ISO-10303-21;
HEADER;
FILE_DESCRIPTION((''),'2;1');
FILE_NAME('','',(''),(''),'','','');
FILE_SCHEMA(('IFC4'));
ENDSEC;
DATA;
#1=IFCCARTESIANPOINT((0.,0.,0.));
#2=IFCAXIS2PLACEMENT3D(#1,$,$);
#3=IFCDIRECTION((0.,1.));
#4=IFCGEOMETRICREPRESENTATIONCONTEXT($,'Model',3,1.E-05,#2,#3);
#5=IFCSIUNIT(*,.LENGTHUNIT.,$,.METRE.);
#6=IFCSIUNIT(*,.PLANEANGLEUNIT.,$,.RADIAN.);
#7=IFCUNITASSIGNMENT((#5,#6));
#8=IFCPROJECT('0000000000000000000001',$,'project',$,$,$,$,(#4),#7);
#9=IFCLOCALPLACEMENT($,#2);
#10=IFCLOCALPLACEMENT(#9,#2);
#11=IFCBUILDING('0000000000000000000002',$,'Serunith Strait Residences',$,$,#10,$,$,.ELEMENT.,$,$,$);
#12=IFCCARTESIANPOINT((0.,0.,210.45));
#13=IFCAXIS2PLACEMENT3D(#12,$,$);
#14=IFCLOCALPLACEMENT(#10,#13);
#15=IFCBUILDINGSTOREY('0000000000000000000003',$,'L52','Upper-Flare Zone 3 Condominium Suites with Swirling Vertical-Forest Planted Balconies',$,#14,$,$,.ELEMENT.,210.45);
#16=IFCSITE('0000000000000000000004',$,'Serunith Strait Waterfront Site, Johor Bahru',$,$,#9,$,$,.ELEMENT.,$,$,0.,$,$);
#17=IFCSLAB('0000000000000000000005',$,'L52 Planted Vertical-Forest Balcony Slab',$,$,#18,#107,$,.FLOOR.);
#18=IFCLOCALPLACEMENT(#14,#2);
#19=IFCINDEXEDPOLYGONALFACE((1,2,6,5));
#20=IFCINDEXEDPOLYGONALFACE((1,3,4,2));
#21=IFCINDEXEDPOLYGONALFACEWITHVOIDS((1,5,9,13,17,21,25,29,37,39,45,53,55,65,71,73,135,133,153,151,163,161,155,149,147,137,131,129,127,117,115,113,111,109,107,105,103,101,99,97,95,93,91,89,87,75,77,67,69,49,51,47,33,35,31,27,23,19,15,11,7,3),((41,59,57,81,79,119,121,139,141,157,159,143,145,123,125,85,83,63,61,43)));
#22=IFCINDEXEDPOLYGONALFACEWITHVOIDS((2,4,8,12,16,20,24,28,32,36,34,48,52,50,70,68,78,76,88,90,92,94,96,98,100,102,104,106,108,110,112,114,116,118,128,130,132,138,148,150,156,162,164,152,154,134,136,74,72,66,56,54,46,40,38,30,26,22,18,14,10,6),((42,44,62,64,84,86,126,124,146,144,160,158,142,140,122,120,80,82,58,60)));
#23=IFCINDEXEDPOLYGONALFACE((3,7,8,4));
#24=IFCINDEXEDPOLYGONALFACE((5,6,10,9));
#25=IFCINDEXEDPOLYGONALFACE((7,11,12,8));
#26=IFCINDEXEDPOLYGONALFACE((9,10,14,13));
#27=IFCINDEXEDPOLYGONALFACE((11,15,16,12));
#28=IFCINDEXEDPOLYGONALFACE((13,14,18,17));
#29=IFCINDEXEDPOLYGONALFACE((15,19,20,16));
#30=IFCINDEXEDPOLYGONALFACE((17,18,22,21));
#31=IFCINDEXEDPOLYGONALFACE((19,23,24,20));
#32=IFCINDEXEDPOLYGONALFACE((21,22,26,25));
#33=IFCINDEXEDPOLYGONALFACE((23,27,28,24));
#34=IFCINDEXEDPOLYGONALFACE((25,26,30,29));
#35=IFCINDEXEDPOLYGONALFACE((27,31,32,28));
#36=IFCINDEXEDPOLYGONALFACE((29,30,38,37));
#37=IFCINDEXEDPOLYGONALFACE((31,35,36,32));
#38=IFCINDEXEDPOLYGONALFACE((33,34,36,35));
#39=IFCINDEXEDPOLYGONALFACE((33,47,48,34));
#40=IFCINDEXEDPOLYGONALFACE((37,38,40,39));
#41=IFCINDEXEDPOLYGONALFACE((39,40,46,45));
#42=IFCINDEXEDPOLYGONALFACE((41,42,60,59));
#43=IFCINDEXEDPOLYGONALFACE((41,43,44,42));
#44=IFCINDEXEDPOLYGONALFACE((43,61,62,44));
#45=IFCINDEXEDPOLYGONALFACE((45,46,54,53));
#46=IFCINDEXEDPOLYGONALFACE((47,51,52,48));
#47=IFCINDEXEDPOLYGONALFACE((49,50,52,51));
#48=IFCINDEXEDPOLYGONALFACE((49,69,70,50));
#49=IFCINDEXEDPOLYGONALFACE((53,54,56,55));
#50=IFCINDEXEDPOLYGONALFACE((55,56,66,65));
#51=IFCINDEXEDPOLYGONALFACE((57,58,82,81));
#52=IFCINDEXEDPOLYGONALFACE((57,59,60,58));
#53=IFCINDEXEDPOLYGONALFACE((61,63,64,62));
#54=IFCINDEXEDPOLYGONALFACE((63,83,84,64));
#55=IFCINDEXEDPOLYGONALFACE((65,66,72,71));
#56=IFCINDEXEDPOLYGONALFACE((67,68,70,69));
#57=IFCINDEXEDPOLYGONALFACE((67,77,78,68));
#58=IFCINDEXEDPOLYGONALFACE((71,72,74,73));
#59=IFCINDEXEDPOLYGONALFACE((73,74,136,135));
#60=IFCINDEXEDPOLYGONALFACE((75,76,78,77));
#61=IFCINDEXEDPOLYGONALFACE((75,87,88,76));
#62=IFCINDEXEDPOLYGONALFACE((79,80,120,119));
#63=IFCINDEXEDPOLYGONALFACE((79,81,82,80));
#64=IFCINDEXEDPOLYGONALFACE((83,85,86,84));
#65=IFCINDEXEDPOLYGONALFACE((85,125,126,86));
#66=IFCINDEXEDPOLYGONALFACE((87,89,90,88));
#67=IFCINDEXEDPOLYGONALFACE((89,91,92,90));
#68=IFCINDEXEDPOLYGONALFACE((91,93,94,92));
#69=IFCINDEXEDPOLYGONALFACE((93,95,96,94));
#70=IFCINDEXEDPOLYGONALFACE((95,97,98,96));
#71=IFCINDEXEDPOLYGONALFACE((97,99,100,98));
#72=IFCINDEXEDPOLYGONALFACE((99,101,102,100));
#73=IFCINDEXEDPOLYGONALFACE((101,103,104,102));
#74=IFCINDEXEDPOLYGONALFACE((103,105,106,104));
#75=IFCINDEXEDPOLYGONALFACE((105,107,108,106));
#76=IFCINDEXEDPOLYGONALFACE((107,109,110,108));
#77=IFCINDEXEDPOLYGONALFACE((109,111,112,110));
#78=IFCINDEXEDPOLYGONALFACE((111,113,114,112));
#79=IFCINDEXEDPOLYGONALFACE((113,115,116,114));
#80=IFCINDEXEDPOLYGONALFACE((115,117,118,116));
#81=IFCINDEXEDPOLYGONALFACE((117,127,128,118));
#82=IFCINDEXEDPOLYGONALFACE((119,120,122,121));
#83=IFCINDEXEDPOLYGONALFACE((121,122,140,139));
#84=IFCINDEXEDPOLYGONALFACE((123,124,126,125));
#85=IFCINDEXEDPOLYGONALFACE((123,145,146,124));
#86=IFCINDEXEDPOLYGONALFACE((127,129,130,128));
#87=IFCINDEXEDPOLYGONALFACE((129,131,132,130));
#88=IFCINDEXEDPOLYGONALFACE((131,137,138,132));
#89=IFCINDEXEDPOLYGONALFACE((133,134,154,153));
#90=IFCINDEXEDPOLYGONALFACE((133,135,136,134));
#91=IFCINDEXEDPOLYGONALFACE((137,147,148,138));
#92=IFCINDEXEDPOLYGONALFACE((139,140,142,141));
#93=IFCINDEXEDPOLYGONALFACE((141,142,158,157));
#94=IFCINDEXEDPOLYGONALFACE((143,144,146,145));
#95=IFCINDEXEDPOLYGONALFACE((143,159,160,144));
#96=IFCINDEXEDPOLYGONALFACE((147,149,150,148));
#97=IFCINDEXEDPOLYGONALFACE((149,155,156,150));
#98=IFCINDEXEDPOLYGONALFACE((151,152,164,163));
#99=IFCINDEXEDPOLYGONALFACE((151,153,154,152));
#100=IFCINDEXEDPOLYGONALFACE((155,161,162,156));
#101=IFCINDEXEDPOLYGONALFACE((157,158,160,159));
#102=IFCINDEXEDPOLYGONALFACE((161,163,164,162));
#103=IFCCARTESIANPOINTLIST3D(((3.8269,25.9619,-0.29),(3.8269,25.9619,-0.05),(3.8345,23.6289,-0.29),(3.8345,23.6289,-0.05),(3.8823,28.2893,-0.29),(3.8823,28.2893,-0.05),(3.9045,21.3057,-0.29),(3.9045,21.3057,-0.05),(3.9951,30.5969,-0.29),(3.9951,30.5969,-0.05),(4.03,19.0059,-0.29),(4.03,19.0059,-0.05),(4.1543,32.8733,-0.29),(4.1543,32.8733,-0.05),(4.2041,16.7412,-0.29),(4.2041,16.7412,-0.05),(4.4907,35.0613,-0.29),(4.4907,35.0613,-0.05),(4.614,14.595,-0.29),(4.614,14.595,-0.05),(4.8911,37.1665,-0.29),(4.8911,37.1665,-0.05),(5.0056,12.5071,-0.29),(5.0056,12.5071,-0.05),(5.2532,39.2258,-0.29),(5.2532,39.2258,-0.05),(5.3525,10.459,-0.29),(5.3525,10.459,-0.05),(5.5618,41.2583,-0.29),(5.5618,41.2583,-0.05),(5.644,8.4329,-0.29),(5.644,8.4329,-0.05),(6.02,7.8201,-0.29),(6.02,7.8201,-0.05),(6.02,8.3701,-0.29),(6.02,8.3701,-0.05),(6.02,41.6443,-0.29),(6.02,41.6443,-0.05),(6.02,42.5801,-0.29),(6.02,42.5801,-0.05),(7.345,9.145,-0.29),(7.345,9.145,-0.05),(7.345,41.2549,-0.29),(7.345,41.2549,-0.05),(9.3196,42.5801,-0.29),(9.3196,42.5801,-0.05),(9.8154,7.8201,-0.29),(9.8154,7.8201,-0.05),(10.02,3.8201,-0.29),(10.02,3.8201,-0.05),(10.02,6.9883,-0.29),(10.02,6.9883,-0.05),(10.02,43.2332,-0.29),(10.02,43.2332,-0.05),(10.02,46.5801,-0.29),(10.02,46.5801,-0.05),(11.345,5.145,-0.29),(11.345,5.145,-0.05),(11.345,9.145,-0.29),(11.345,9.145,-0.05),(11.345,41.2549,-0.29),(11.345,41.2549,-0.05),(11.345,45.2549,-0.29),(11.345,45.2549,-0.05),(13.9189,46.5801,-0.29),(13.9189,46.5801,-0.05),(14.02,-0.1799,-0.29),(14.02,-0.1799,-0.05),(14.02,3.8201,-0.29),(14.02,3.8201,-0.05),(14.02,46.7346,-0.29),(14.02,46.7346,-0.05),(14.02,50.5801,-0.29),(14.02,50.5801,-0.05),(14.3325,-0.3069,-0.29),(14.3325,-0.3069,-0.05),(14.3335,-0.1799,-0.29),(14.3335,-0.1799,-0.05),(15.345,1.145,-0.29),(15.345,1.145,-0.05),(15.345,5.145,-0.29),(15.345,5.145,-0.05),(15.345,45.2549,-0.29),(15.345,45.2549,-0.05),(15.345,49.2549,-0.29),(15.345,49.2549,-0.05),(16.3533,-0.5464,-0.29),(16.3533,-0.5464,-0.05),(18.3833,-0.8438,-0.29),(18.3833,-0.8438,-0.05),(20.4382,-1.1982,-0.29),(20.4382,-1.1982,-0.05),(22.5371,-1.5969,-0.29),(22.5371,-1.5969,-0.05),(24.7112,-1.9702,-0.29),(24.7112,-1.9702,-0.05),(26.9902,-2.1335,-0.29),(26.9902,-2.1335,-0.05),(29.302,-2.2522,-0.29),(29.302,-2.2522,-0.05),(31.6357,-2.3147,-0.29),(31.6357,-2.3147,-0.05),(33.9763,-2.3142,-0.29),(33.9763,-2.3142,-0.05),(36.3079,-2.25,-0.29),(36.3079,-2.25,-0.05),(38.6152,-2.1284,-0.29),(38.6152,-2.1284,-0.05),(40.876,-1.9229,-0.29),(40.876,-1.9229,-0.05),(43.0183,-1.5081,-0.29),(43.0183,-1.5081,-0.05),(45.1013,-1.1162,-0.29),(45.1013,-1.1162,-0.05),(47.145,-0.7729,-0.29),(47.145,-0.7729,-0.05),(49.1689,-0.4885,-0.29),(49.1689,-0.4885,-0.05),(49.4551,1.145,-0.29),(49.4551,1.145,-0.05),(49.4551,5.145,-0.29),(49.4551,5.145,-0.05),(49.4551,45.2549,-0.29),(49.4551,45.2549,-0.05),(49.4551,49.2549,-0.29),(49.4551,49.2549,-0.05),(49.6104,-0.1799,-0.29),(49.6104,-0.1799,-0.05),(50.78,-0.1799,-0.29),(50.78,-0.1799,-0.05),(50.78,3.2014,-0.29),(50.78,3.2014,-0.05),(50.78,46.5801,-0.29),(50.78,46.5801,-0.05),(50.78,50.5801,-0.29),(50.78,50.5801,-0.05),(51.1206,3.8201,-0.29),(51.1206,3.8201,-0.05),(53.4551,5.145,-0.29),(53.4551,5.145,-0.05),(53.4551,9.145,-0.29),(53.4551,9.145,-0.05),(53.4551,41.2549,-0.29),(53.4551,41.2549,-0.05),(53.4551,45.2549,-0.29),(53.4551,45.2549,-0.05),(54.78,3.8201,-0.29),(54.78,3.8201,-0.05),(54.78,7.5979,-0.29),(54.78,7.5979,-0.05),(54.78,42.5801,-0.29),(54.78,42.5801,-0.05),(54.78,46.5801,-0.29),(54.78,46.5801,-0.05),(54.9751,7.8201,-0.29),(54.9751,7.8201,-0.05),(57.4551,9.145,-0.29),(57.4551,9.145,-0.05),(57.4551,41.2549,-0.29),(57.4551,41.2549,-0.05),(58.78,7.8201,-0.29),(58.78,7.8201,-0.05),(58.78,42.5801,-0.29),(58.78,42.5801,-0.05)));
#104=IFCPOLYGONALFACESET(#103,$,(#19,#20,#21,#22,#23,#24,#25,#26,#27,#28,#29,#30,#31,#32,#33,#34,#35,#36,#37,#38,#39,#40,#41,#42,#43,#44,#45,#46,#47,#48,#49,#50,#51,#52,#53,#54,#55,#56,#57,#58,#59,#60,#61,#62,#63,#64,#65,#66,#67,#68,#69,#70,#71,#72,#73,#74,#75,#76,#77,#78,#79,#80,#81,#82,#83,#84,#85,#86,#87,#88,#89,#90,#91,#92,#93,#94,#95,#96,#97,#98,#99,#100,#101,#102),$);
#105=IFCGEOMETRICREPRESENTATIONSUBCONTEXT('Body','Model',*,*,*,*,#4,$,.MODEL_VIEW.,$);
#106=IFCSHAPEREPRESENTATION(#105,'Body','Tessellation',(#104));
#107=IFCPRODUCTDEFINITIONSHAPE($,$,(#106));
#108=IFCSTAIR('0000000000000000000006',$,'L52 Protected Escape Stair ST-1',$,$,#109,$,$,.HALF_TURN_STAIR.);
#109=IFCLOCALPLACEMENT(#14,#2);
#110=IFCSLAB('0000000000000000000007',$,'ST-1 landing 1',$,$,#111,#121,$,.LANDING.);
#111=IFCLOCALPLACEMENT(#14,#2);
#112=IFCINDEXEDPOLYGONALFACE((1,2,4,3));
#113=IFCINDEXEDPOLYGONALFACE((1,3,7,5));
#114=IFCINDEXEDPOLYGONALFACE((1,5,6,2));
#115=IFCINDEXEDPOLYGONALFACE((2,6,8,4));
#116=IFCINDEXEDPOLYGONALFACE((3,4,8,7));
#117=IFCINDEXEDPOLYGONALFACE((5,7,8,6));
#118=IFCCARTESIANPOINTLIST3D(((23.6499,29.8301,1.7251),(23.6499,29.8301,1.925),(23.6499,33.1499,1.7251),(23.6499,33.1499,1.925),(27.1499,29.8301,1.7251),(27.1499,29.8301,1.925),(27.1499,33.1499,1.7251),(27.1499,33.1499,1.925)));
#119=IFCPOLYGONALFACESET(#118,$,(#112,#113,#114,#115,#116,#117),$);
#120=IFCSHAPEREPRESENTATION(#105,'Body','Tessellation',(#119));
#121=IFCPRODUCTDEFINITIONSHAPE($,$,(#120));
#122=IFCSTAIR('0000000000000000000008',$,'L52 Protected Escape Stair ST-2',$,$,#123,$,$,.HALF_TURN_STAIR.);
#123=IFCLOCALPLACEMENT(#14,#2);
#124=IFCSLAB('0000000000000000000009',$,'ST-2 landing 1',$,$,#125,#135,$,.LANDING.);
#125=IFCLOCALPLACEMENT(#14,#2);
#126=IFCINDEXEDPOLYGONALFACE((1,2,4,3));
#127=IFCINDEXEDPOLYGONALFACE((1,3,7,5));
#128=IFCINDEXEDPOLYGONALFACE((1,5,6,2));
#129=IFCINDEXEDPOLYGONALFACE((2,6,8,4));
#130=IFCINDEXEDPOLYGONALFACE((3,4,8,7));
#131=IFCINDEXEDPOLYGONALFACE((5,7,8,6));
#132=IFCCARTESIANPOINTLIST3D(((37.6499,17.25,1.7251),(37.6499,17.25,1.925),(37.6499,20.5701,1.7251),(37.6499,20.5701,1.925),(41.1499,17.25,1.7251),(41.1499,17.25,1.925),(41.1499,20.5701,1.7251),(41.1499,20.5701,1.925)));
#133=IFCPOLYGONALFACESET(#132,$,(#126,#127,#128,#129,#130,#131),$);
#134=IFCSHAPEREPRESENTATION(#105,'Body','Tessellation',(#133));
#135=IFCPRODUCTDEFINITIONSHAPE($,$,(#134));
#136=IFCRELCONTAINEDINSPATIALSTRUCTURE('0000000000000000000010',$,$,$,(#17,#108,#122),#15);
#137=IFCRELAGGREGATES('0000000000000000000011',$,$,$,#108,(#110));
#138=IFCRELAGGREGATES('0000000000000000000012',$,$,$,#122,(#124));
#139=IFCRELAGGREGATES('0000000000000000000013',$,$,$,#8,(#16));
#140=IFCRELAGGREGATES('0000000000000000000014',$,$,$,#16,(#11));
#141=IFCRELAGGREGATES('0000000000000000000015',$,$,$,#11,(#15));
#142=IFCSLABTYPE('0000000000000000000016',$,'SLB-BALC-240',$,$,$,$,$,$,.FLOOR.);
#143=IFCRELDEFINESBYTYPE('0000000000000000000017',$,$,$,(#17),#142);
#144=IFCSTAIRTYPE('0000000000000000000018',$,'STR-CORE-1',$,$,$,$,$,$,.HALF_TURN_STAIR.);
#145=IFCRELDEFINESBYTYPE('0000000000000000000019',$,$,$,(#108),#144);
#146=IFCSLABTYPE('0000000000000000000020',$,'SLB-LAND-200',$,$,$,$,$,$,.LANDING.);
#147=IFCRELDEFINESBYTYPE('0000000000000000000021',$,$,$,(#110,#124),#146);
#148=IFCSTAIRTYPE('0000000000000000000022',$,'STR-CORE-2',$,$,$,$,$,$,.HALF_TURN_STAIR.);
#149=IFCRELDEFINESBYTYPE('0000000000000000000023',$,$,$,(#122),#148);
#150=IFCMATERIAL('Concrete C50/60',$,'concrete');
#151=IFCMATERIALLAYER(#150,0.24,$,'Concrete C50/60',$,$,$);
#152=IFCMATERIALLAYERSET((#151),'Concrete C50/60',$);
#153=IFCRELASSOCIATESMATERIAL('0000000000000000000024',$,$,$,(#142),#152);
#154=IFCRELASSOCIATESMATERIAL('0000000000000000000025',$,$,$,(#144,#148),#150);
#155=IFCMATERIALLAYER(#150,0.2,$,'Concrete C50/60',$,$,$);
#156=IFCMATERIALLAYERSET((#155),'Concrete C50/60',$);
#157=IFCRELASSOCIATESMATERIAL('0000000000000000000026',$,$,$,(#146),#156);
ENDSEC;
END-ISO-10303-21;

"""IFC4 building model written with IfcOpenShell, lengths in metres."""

from ifc_helpers import new_model, si_unit, direction, frame, origin, place, context, subcontext, project, spatial, polyline, outline, extrude, material, layer, layer_set, type_object, element, aggregate, save


model = new_model("IFC4")

# Units and contexts
model_context = context("Model", 3, precision=1e-05, world=origin(), true_north=direction((0.0, 1.0)))
body_context = subcontext(model_context, "Body", "Model", "MODEL_VIEW")
ifc_project = project(units=[si_unit("LENGTHUNIT", "METRE"), si_unit("PLANEANGLEUNIT", "RADIAN")], contexts=[model_context])

# Site, building, storey
site_placement = place(None, origin())
site = spatial("IfcSite", under=ifc_project, at=site_placement, Name="Serunith Strait Waterfront Site, Johor Bahru", CompositionType="ELEMENT", RefElevation=0.0)
building_placement = place(site_placement, origin())
building = spatial("IfcBuilding", under=site, at=building_placement, Name="Serunith Strait Residences", CompositionType="ELEMENT")
storey_placement = place(building_placement, frame((0.0, 0.0, 210.45)))
storey = spatial("IfcBuildingStorey", under=building, at=storey_placement, Name="L52", Description="Upper-Flare Zone 3 Condominium Suites with Swirling Vertical-Forest Planted Balconies", CompositionType="ELEMENT", Elevation=210.45)

# Slab
ifc_material_1 = material(Name="Concrete C50/60", Category="concrete")
ifc_layer_1 = layer(ifc_material_1, 0.24, Name="Concrete C50/60")
ifc_layer_set_1 = layer_set([ifc_layer_1], Name="Concrete C50/60")
slab_type_1 = type_object("IfcSlabType", Name="SLB-BALC-240", PredefinedType="FLOOR", material=ifc_layer_set_1)
slab_1_placement = place(storey_placement, frame((0.0, 0.0, -0.29)))
element("IfcSlab", 1, at=slab_1_placement, inside=storey, type_object=slab_type_1, Name="L52 Planted Vertical-Forest Balcony Slab", PredefinedType="FLOOR", context=body_context, shape_type="SweptSolid", body=[
    extrude(outline(polyline([(14.02, -0.1799), (14.02, 3.8201), (10.02, 3.8201), (10.02, 6.9883), (9.8154, 7.8201), (6.02, 7.8201), (6.02, 8.3701), (5.644, 8.4329), (5.3525, 10.459), (5.0056, 12.5071), (4.614, 14.595), (4.2041, 16.7412), (4.03, 19.0059), (3.9045, 21.3057), (3.8345, 23.6289), (3.8269, 25.9619), (3.8823, 28.2893), (3.9951, 30.5969), (4.1543, 32.8733), (4.4907, 35.0613), (4.8911, 37.1665), (5.2532, 39.2258), (5.5618, 41.2583), (6.02, 41.6443), (6.02, 42.5801), (9.3196, 42.5801), (10.02, 43.2332), (10.02, 46.5801), (13.9189, 46.5801), (14.02, 46.7346), (14.02, 50.5801), (50.78, 50.5801), (50.78, 46.5801), (54.78, 46.5801), (54.78, 42.5801), (58.78, 42.5801), (58.78, 7.8201), (54.9751, 7.8201), (54.78, 7.5979), (54.78, 3.8201), (51.1206, 3.8201), (50.78, 3.2014), (50.78, -0.1799), (49.6104, -0.1799), (49.1689, -0.4885), (47.145, -0.7729), (45.1013, -1.1162), (43.0183, -1.5081), (40.876, -1.9229), (38.6152, -2.1284), (36.3079, -2.25), (33.9763, -2.3142), (31.6357, -2.3147), (29.302, -2.2522), (26.9902, -2.1335), (24.7112, -1.9702), (22.5371, -1.5969), (20.4382, -1.1982), (18.3833, -0.8438), (16.3533, -0.5464), (14.3325, -0.3069), (14.3335, -0.1799), (14.02, -0.1799)]), holes=[polyline([(49.4551, 1.145), (49.4551, 5.145), (53.4551, 5.145), (53.4551, 9.145), (57.4551, 9.145), (57.4551, 41.2549), (53.4551, 41.2549), (53.4551, 45.2549), (49.4551, 45.2549), (49.4551, 49.2549), (15.345, 49.2549), (15.345, 45.2549), (11.345, 45.2549), (11.345, 41.2549), (7.345, 41.2549), (7.345, 9.145), (11.345, 9.145), (11.345, 5.145), (15.345, 5.145), (15.345, 1.145), (49.4551, 1.145)])]), origin(), (0.0, 0.0, 1.0), 0.24),
])

# Stairs, slabs
stair_type_1 = type_object("IfcStairType", Name="STR-CORE-1", PredefinedType="HALF_TURN_STAIR", material=ifc_material_1)
stair_1_placement = place(storey_placement, origin())
stair_1 = element("IfcStair", 2, at=stair_1_placement, inside=storey, type_object=stair_type_1, Name="L52 Protected Escape Stair ST-1", PredefinedType="HALF_TURN_STAIR")
ifc_layer_2 = layer(ifc_material_1, 0.2, Name="Concrete C50/60")
ifc_layer_set_2 = layer_set([ifc_layer_2], Name="Concrete C50/60")
slab_type_2 = type_object("IfcSlabType", Name="SLB-LAND-200", PredefinedType="LANDING", material=ifc_layer_set_2)
slab_2_placement = place(storey_placement, frame((0.0, 0.0, 1.7251)))
slab_2 = element("IfcSlab", 3, at=slab_2_placement, type_object=slab_type_2, Name="ST-1 landing 1", PredefinedType="LANDING", context=body_context, shape_type="SweptSolid", body=[
    extrude(outline(polyline([(27.1499, 29.8301), (27.1499, 33.1499), (23.6499, 33.1499), (23.6499, 29.8301), (27.1499, 29.8301)])), origin(), (0.0, 0.0, 1.0), 0.2),
])
aggregate(stair_1, [slab_2])
stair_type_2 = type_object("IfcStairType", Name="STR-CORE-2", PredefinedType="HALF_TURN_STAIR", material=ifc_material_1)
stair_2_placement = place(storey_placement, origin())
stair_2 = element("IfcStair", 4, at=stair_2_placement, inside=storey, type_object=stair_type_2, Name="L52 Protected Escape Stair ST-2", PredefinedType="HALF_TURN_STAIR")
slab_3_placement = place(storey_placement, frame((0.0, 0.0, 1.7251)))
slab_3 = element("IfcSlab", 5, at=slab_3_placement, type_object=slab_type_2, Name="ST-2 landing 1", PredefinedType="LANDING", context=body_context, shape_type="SweptSolid", body=[
    extrude(outline(polyline([(37.6499, 20.5701), (37.6499, 17.25), (41.1499, 17.25), (41.1499, 20.5701), (37.6499, 20.5701)])), origin(), (0.0, 0.0, 1.0), 0.2),
])
aggregate(stair_2, [slab_3])

save(model, "model.ifc")
